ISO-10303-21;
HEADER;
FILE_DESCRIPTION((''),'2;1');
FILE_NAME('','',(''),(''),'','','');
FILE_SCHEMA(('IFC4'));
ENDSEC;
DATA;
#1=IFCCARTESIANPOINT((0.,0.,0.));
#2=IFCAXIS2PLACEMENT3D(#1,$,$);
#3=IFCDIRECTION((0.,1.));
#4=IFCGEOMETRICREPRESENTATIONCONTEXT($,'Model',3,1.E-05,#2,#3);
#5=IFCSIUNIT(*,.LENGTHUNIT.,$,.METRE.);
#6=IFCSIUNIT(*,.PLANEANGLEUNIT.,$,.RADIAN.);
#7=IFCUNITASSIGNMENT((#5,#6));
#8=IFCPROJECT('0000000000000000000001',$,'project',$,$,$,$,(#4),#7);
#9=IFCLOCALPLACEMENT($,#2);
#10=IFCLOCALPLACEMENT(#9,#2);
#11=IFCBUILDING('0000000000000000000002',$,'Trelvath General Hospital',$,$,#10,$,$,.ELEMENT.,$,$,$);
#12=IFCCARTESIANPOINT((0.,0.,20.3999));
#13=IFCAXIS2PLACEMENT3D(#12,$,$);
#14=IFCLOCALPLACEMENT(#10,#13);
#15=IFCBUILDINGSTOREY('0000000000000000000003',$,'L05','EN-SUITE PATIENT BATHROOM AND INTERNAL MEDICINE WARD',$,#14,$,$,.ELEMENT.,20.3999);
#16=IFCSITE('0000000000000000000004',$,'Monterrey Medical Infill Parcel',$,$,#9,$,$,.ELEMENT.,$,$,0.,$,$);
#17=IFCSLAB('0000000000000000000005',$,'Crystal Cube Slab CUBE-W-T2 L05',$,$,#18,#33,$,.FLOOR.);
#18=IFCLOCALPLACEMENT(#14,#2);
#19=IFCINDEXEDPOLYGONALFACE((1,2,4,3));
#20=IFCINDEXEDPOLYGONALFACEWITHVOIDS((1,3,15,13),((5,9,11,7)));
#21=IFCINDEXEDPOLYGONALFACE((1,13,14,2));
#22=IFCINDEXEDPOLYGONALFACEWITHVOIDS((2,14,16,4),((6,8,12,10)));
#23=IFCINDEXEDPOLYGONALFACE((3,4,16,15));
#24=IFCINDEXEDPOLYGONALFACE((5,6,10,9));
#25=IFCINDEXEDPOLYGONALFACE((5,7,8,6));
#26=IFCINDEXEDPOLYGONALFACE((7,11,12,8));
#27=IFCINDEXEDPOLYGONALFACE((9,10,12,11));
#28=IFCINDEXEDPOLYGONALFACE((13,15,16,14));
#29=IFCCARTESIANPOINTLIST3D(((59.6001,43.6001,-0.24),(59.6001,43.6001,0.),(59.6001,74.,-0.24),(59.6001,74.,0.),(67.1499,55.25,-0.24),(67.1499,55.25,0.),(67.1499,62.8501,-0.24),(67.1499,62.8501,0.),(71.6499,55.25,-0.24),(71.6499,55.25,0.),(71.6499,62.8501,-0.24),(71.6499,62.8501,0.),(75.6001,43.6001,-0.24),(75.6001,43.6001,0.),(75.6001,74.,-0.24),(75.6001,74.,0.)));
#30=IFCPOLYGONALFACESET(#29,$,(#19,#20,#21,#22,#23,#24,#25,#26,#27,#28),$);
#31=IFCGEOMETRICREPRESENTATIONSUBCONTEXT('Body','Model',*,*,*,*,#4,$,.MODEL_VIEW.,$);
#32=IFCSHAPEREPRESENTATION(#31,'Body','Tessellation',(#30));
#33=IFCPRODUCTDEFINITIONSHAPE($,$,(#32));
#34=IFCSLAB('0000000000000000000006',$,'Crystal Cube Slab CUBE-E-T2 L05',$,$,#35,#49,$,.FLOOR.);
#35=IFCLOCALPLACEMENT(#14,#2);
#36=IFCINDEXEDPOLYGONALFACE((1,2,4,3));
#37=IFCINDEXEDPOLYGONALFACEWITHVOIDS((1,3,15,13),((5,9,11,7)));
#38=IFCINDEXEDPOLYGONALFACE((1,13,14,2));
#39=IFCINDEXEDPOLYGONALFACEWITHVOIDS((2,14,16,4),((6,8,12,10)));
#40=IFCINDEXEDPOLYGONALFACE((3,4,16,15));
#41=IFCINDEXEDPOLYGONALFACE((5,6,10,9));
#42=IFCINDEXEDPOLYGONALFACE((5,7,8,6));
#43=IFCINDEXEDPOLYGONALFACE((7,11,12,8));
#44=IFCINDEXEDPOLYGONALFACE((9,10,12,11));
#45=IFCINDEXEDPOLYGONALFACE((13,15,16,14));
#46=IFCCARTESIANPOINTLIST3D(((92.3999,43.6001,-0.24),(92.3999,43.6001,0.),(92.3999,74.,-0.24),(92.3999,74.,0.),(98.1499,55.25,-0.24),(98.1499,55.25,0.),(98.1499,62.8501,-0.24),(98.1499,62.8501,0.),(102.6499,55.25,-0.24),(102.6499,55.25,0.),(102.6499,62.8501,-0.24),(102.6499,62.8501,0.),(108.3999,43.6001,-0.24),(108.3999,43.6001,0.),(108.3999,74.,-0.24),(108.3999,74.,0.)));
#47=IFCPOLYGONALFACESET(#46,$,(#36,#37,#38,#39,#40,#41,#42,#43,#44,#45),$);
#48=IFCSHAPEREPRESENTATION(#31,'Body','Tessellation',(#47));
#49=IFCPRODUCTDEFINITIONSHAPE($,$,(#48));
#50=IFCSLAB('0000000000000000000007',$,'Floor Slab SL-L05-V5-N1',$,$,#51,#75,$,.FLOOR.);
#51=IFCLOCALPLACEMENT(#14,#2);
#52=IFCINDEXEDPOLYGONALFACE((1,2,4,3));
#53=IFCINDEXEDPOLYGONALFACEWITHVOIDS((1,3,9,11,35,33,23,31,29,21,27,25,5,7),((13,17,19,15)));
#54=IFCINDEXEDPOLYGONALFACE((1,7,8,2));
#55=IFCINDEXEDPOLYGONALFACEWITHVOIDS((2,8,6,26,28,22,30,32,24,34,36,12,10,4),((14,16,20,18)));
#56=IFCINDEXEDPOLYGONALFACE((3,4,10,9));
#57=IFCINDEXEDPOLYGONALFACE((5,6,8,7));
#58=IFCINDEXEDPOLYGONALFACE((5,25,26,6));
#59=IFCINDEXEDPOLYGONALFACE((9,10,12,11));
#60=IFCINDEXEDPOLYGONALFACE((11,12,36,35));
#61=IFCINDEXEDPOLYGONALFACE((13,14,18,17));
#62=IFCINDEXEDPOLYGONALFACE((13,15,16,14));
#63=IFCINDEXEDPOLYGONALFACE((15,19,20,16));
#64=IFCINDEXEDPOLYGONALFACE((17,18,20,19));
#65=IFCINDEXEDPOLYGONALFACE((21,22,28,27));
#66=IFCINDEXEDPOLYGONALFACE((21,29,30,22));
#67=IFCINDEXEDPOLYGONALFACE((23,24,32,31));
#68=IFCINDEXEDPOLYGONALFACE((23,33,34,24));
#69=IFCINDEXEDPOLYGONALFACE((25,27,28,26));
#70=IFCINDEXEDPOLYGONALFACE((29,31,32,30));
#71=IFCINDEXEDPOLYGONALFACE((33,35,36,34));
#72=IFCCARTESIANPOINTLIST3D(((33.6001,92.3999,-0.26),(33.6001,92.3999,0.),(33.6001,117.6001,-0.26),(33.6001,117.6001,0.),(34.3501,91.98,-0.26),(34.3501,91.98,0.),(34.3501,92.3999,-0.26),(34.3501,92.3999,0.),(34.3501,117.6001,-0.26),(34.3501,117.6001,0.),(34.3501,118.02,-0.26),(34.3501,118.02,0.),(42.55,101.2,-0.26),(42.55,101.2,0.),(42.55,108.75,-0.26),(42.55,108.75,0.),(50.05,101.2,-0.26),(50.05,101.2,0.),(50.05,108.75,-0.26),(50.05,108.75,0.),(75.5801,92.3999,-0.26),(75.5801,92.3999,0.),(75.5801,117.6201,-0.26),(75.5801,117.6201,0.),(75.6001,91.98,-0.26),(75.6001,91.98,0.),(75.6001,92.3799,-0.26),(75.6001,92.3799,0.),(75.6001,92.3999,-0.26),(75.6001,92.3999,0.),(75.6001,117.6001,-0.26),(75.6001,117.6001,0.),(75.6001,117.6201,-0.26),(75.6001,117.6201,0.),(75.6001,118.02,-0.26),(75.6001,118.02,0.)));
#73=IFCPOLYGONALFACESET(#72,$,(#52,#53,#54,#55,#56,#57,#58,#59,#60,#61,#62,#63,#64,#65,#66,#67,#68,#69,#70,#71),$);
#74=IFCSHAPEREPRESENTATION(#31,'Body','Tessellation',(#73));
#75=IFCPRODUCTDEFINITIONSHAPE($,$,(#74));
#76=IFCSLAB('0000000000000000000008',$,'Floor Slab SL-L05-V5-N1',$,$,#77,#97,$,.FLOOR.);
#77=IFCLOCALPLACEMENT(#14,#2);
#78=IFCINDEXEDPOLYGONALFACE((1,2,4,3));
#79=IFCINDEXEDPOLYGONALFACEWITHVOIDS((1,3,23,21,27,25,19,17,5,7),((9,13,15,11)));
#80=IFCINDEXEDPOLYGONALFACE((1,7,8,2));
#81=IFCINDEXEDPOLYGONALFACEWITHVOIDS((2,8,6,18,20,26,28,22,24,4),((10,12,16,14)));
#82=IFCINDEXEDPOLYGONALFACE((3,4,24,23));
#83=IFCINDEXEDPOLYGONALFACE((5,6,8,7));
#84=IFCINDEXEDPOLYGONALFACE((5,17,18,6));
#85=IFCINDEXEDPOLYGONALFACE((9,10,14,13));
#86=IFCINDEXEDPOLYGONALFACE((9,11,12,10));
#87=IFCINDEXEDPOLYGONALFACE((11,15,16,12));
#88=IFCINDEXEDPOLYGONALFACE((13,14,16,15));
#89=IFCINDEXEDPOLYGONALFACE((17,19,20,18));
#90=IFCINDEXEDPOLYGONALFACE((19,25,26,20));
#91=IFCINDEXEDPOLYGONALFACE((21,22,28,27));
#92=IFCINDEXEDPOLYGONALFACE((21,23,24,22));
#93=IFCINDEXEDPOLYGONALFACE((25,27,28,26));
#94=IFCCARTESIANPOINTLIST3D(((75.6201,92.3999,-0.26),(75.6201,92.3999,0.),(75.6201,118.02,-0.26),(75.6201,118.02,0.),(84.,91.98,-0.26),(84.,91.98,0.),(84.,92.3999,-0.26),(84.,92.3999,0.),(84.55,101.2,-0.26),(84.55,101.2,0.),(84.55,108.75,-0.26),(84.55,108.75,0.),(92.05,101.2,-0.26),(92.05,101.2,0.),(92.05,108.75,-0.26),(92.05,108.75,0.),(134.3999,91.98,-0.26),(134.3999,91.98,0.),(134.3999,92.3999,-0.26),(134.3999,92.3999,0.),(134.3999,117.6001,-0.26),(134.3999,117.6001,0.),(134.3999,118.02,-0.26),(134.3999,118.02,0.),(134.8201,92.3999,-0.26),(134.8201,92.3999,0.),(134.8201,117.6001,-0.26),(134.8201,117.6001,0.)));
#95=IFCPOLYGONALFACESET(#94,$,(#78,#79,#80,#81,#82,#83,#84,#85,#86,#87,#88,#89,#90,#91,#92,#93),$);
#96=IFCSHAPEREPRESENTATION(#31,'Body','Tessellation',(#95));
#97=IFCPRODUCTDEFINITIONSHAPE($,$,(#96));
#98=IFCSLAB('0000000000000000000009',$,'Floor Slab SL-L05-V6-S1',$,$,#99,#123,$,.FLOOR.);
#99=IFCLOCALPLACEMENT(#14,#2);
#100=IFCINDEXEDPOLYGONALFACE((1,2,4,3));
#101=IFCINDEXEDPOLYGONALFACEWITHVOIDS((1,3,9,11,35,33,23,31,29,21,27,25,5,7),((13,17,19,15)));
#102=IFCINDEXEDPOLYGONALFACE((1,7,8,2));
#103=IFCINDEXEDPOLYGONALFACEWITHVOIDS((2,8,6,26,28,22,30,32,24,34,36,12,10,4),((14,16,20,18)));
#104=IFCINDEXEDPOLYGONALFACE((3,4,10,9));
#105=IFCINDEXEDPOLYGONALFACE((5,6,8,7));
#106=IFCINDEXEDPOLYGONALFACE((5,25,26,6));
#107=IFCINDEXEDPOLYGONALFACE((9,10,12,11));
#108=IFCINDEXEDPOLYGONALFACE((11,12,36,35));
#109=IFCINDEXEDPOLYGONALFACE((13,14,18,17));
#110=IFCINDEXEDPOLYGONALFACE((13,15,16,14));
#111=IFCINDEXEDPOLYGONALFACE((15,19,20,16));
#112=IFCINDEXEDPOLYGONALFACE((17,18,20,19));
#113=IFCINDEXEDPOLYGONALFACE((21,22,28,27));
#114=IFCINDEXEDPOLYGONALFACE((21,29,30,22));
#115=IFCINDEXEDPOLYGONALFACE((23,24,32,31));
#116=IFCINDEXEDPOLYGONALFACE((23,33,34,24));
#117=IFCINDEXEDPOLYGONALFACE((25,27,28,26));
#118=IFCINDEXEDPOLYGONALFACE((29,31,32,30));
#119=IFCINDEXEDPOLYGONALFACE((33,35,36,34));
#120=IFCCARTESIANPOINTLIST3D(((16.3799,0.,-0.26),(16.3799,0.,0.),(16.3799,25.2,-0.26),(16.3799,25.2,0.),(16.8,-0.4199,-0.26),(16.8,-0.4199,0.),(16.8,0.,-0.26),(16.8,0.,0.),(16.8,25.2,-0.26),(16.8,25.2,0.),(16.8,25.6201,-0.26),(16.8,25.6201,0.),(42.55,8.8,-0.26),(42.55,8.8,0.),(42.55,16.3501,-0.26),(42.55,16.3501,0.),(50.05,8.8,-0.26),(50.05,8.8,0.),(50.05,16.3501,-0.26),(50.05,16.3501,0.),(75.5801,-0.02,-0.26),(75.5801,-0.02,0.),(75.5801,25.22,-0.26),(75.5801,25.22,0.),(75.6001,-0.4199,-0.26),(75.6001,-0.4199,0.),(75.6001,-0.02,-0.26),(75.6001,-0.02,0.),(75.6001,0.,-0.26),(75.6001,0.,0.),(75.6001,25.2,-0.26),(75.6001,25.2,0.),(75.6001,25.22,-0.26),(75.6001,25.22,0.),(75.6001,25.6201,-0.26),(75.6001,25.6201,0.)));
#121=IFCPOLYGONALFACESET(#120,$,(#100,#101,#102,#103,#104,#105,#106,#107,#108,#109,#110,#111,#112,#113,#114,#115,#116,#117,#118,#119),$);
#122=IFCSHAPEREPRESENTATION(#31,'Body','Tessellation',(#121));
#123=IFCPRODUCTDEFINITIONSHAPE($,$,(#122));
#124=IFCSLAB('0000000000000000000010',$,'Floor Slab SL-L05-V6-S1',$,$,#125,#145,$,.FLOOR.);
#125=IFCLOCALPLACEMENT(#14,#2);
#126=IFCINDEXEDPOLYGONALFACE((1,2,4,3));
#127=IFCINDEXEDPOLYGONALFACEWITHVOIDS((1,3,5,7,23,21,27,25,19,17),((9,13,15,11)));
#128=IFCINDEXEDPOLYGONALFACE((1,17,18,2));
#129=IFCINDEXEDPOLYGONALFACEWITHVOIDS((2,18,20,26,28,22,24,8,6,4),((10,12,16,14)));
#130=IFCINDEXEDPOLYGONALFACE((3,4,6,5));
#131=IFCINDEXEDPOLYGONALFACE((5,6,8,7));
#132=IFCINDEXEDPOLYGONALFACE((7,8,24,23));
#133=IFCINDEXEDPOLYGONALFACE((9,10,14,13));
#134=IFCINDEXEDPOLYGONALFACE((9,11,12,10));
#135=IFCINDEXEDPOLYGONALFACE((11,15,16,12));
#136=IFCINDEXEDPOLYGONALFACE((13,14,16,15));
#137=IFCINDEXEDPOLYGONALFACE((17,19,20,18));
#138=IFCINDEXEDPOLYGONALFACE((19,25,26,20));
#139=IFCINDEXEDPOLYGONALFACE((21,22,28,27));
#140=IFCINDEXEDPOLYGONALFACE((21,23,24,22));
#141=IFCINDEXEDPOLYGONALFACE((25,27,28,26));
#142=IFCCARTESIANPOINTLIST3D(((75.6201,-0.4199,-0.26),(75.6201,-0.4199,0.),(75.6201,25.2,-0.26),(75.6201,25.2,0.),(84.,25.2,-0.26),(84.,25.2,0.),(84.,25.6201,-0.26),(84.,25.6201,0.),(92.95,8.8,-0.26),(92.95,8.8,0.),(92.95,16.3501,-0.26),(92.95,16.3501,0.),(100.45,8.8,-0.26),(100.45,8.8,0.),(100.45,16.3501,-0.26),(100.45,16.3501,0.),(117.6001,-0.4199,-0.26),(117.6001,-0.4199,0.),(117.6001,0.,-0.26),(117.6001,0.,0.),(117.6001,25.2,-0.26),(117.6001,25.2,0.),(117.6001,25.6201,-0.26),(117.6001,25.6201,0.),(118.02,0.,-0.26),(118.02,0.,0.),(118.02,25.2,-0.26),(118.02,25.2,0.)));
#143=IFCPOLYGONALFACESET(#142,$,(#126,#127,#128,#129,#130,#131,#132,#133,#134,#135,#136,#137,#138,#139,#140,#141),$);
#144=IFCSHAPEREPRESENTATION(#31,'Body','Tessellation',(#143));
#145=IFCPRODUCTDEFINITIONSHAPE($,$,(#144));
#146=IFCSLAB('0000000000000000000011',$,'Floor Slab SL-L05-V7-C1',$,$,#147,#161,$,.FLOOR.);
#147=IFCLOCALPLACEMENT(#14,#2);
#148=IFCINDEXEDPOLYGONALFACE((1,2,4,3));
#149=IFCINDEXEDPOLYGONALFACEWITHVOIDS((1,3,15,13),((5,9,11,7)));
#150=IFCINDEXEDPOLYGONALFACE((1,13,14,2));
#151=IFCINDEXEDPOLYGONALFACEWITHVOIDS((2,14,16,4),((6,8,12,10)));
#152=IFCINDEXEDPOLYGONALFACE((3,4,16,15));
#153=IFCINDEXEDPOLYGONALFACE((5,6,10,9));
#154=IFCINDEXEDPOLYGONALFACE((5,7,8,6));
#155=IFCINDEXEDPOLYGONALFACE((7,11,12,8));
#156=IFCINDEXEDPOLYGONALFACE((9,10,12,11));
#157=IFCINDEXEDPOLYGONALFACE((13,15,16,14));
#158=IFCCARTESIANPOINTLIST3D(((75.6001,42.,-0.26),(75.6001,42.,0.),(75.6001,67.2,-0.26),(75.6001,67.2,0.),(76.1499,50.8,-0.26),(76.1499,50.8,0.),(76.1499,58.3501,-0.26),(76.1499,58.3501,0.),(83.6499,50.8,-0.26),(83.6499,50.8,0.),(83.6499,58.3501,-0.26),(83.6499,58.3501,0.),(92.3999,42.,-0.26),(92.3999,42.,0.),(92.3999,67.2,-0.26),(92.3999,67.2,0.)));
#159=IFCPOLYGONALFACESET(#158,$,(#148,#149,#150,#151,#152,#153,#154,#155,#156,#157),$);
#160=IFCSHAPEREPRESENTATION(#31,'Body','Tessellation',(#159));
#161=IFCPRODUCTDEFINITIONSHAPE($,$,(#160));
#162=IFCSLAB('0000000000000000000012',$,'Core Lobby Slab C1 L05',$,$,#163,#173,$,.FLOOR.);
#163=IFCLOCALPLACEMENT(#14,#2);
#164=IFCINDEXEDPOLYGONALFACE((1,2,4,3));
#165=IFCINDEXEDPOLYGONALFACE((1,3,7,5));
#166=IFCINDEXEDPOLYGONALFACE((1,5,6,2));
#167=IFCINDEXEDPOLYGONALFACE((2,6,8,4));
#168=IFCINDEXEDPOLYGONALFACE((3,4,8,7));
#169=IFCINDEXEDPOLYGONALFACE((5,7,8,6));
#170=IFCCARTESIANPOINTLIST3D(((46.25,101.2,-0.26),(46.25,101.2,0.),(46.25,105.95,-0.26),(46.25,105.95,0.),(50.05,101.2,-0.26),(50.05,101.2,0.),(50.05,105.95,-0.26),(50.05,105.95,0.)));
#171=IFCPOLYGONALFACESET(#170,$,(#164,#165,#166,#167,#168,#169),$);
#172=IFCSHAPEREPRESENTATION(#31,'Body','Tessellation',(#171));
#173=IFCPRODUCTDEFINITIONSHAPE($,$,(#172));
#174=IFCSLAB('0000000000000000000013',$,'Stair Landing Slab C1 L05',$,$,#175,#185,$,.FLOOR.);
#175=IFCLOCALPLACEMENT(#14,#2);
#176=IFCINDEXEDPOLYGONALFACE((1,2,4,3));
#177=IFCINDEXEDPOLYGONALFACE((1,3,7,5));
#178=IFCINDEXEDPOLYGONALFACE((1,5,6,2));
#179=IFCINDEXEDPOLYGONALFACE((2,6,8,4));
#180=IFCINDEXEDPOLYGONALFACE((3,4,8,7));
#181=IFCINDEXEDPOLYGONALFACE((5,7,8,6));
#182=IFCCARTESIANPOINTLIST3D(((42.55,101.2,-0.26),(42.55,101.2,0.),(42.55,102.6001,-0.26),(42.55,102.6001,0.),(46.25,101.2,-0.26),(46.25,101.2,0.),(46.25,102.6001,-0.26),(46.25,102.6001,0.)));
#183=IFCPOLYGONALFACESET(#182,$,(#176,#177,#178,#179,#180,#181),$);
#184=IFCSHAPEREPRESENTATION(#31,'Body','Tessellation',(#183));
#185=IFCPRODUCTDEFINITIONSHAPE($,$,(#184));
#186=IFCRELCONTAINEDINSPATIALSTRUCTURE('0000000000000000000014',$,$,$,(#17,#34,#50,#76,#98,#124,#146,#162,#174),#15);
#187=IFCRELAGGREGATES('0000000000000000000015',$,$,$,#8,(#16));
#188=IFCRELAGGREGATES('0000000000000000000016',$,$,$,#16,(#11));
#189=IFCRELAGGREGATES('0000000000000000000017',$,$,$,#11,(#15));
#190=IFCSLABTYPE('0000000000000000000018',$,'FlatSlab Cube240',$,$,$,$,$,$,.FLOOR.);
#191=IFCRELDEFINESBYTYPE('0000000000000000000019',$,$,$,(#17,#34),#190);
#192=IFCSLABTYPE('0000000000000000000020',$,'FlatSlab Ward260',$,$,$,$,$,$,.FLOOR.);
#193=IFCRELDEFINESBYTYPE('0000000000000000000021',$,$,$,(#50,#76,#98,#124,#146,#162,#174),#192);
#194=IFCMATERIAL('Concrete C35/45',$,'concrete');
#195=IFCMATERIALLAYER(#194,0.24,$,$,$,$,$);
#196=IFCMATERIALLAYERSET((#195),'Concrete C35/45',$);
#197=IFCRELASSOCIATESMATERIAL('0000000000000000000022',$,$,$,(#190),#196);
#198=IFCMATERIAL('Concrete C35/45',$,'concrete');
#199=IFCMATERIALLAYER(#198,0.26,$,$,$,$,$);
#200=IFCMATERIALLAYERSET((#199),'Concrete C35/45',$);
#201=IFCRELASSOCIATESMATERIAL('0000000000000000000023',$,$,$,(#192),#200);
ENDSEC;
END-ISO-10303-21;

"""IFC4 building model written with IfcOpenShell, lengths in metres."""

from ifc_helpers import new_model, si_unit, direction, frame, origin, place, context, subcontext, project, spatial, polyline, outline, extrude, material, layer, layer_set, type_object, element, save


model = new_model("IFC4")

# Units and contexts
model_context = context("Model", 3, precision=1e-05, world=origin(), true_north=direction((0.0, 1.0)))
body_context = subcontext(model_context, "Body", "Model", "MODEL_VIEW")
ifc_project = project(units=[si_unit("LENGTHUNIT", "METRE"), si_unit("PLANEANGLEUNIT", "RADIAN")], contexts=[model_context])

# Site, building, storey
site_placement = place(None, origin())
site = spatial("IfcSite", under=ifc_project, at=site_placement, Name="Monterrey Medical Infill Parcel", CompositionType="ELEMENT", RefElevation=0.0)
building_placement = place(site_placement, origin())
building = spatial("IfcBuilding", under=site, at=building_placement, Name="Trelvath General Hospital", CompositionType="ELEMENT")
storey_placement = place(building_placement, frame((0.0, 0.0, 20.3999)))
storey = spatial("IfcBuildingStorey", under=building, at=storey_placement, Name="L05", Description="EN-SUITE PATIENT BATHROOM AND INTERNAL MEDICINE WARD", CompositionType="ELEMENT", Elevation=20.3999)

# Slabs
ifc_material_1 = material(Name="Concrete C35/45", Category="concrete")
ifc_layer_1 = layer(ifc_material_1, 0.24)
ifc_layer_set_1 = layer_set([ifc_layer_1], Name="Concrete C35/45")
slab_type_1 = type_object("IfcSlabType", Name="FlatSlab Cube240", PredefinedType="FLOOR", material=ifc_layer_set_1)
slab_1_placement = place(storey_placement, frame((0.0, 0.0, -0.24)))
element("IfcSlab", 1, at=slab_1_placement, inside=storey, type_object=slab_type_1, Name="Crystal Cube Slab CUBE-W-T2 L05", PredefinedType="FLOOR", context=body_context, shape_type="SweptSolid", body=[
    extrude(outline(polyline([(59.6001, 43.6001), (75.6001, 43.6001), (75.6001, 74.0), (59.6001, 74.0), (59.6001, 43.6001)]), holes=[polyline([(67.1499, 55.25), (71.6499, 55.25), (71.6499, 62.8501), (67.1499, 62.8501), (67.1499, 55.25)])]), origin(), (0.0, 0.0, 1.0), 0.24),
])
slab_2_placement = place(storey_placement, frame((0.0, 0.0, -0.24)))
element("IfcSlab", 2, at=slab_2_placement, inside=storey, type_object=slab_type_1, Name="Crystal Cube Slab CUBE-E-T2 L05", PredefinedType="FLOOR", context=body_context, shape_type="SweptSolid", body=[
    extrude(outline(polyline([(92.3999, 43.6001), (108.3999, 43.6001), (108.3999, 74.0), (92.3999, 74.0), (92.3999, 43.6001)]), holes=[polyline([(98.1499, 55.25), (102.6499, 55.25), (102.6499, 62.8501), (98.1499, 62.8501), (98.1499, 55.25)])]), origin(), (0.0, 0.0, 1.0), 0.24),
])
ifc_material_2 = material(Name="Concrete C35/45", Category="concrete")
ifc_layer_2 = layer(ifc_material_2, 0.26)
ifc_layer_set_2 = layer_set([ifc_layer_2], Name="Concrete C35/45")
slab_type_2 = type_object("IfcSlabType", Name="FlatSlab Ward260", PredefinedType="FLOOR", material=ifc_layer_set_2)
slab_3_placement = place(storey_placement, frame((0.0, 0.0, -0.26)))
element("IfcSlab", 3, at=slab_3_placement, inside=storey, type_object=slab_type_2, Name="Floor Slab SL-L05-V5-N1", PredefinedType="FLOOR", context=body_context, shape_type="SweptSolid", body=[
    extrude(outline(polyline([(33.6001, 117.6001), (34.3501, 117.6001), (34.3501, 118.02), (75.6001, 118.02), (75.6001, 117.6201), (75.5801, 117.6201), (75.6001, 117.6001), (75.6001, 92.3999), (75.5801, 92.3999), (75.6001, 92.3799), (75.6001, 91.98), (34.3501, 91.98), (34.3501, 92.3999), (33.6001, 92.3999), (33.6001, 117.6001)]), holes=[polyline([(42.55, 101.2), (50.05, 101.2), (50.05, 108.75), (42.55, 108.75), (42.55, 101.2)])]), origin(), (0.0, 0.0, 1.0), 0.26),
])
slab_4_placement = place(storey_placement, frame((0.0, 0.0, -0.26)))
element("IfcSlab", 4, at=slab_4_placement, inside=storey, type_object=slab_type_2, Name="Floor Slab SL-L05-V5-N1", PredefinedType="FLOOR", context=body_context, shape_type="SweptSolid", body=[
    extrude(outline(polyline([(75.6201, 92.3999), (75.6201, 118.02), (134.3999, 118.02), (134.3999, 117.6001), (134.8201, 117.6001), (134.8201, 92.3999), (134.3999, 92.3999), (134.3999, 91.98), (84.0, 91.98), (84.0, 92.3999), (75.6201, 92.3999)]), holes=[polyline([(84.55, 101.2), (92.05, 101.2), (92.05, 108.75), (84.55, 108.75), (84.55, 101.2)])]), origin(), (0.0, 0.0, 1.0), 0.26),
])
slab_5_placement = place(storey_placement, frame((0.0, 0.0, -0.26)))
element("IfcSlab", 5, at=slab_5_placement, inside=storey, type_object=slab_type_2, Name="Floor Slab SL-L05-V6-S1", PredefinedType="FLOOR", context=body_context, shape_type="SweptSolid", body=[
    extrude(outline(polyline([(75.6001, -0.02), (75.6001, -0.4199), (16.8, -0.4199), (16.8, 0.0), (16.3799, 0.0), (16.3799, 25.2), (16.8, 25.2), (16.8, 25.6201), (75.6001, 25.6201), (75.6001, 25.22), (75.5801, 25.22), (75.6001, 25.2), (75.6001, 0.0), (75.5801, -0.02), (75.6001, -0.02)]), holes=[polyline([(42.55, 8.8), (50.05, 8.8), (50.05, 16.3501), (42.55, 16.3501), (42.55, 8.8)])]), origin(), (0.0, 0.0, 1.0), 0.26),
])
slab_6_placement = place(storey_placement, frame((0.0, 0.0, -0.26)))
element("IfcSlab", 6, at=slab_6_placement, inside=storey, type_object=slab_type_2, Name="Floor Slab SL-L05-V6-S1", PredefinedType="FLOOR", context=body_context, shape_type="SweptSolid", body=[
    extrude(outline(polyline([(84.0, 25.2), (84.0, 25.6201), (117.6001, 25.6201), (117.6001, 25.2), (118.02, 25.2), (118.02, 0.0), (117.6001, 0.0), (117.6001, -0.4199), (75.6201, -0.4199), (75.6201, 25.2), (84.0, 25.2)]), holes=[polyline([(92.95, 8.8), (100.45, 8.8), (100.45, 16.3501), (92.95, 16.3501), (92.95, 8.8)])]), origin(), (0.0, 0.0, 1.0), 0.26),
])
slab_7_placement = place(storey_placement, frame((0.0, 0.0, -0.26)))
element("IfcSlab", 7, at=slab_7_placement, inside=storey, type_object=slab_type_2, Name="Floor Slab SL-L05-V7-C1", PredefinedType="FLOOR", context=body_context, shape_type="SweptSolid", body=[
    extrude(outline(polyline([(75.6001, 42.0), (75.6001, 67.2), (92.3999, 67.2), (92.3999, 42.0), (75.6001, 42.0)]), holes=[polyline([(76.1499, 50.8), (83.6499, 50.8), (83.6499, 58.3501), (76.1499, 58.3501), (76.1499, 50.8)])]), origin(), (0.0, 0.0, 1.0), 0.26),
])
slab_8_placement = place(storey_placement, frame((0.0, 0.0, -0.26)))
element("IfcSlab", 8, at=slab_8_placement, inside=storey, type_object=slab_type_2, Name="Core Lobby Slab C1 L05", PredefinedType="FLOOR", context=body_context, shape_type="SweptSolid", body=[
    extrude(outline(polyline([(46.25, 101.2), (50.05, 101.2), (50.05, 105.95), (46.25, 105.95), (46.25, 101.2)])), origin(), (0.0, 0.0, 1.0), 0.26),
])
slab_9_placement = place(storey_placement, frame((0.0, 0.0, -0.26)))
element("IfcSlab", 9, at=slab_9_placement, inside=storey, type_object=slab_type_2, Name="Stair Landing Slab C1 L05", PredefinedType="FLOOR", context=body_context, shape_type="SweptSolid", body=[
    extrude(outline(polyline([(42.55, 101.2), (46.25, 101.2), (46.25, 102.6001), (42.55, 102.6001), (42.55, 101.2)])), origin(), (0.0, 0.0, 1.0), 0.26),
])

save(model, "model.ifc")
